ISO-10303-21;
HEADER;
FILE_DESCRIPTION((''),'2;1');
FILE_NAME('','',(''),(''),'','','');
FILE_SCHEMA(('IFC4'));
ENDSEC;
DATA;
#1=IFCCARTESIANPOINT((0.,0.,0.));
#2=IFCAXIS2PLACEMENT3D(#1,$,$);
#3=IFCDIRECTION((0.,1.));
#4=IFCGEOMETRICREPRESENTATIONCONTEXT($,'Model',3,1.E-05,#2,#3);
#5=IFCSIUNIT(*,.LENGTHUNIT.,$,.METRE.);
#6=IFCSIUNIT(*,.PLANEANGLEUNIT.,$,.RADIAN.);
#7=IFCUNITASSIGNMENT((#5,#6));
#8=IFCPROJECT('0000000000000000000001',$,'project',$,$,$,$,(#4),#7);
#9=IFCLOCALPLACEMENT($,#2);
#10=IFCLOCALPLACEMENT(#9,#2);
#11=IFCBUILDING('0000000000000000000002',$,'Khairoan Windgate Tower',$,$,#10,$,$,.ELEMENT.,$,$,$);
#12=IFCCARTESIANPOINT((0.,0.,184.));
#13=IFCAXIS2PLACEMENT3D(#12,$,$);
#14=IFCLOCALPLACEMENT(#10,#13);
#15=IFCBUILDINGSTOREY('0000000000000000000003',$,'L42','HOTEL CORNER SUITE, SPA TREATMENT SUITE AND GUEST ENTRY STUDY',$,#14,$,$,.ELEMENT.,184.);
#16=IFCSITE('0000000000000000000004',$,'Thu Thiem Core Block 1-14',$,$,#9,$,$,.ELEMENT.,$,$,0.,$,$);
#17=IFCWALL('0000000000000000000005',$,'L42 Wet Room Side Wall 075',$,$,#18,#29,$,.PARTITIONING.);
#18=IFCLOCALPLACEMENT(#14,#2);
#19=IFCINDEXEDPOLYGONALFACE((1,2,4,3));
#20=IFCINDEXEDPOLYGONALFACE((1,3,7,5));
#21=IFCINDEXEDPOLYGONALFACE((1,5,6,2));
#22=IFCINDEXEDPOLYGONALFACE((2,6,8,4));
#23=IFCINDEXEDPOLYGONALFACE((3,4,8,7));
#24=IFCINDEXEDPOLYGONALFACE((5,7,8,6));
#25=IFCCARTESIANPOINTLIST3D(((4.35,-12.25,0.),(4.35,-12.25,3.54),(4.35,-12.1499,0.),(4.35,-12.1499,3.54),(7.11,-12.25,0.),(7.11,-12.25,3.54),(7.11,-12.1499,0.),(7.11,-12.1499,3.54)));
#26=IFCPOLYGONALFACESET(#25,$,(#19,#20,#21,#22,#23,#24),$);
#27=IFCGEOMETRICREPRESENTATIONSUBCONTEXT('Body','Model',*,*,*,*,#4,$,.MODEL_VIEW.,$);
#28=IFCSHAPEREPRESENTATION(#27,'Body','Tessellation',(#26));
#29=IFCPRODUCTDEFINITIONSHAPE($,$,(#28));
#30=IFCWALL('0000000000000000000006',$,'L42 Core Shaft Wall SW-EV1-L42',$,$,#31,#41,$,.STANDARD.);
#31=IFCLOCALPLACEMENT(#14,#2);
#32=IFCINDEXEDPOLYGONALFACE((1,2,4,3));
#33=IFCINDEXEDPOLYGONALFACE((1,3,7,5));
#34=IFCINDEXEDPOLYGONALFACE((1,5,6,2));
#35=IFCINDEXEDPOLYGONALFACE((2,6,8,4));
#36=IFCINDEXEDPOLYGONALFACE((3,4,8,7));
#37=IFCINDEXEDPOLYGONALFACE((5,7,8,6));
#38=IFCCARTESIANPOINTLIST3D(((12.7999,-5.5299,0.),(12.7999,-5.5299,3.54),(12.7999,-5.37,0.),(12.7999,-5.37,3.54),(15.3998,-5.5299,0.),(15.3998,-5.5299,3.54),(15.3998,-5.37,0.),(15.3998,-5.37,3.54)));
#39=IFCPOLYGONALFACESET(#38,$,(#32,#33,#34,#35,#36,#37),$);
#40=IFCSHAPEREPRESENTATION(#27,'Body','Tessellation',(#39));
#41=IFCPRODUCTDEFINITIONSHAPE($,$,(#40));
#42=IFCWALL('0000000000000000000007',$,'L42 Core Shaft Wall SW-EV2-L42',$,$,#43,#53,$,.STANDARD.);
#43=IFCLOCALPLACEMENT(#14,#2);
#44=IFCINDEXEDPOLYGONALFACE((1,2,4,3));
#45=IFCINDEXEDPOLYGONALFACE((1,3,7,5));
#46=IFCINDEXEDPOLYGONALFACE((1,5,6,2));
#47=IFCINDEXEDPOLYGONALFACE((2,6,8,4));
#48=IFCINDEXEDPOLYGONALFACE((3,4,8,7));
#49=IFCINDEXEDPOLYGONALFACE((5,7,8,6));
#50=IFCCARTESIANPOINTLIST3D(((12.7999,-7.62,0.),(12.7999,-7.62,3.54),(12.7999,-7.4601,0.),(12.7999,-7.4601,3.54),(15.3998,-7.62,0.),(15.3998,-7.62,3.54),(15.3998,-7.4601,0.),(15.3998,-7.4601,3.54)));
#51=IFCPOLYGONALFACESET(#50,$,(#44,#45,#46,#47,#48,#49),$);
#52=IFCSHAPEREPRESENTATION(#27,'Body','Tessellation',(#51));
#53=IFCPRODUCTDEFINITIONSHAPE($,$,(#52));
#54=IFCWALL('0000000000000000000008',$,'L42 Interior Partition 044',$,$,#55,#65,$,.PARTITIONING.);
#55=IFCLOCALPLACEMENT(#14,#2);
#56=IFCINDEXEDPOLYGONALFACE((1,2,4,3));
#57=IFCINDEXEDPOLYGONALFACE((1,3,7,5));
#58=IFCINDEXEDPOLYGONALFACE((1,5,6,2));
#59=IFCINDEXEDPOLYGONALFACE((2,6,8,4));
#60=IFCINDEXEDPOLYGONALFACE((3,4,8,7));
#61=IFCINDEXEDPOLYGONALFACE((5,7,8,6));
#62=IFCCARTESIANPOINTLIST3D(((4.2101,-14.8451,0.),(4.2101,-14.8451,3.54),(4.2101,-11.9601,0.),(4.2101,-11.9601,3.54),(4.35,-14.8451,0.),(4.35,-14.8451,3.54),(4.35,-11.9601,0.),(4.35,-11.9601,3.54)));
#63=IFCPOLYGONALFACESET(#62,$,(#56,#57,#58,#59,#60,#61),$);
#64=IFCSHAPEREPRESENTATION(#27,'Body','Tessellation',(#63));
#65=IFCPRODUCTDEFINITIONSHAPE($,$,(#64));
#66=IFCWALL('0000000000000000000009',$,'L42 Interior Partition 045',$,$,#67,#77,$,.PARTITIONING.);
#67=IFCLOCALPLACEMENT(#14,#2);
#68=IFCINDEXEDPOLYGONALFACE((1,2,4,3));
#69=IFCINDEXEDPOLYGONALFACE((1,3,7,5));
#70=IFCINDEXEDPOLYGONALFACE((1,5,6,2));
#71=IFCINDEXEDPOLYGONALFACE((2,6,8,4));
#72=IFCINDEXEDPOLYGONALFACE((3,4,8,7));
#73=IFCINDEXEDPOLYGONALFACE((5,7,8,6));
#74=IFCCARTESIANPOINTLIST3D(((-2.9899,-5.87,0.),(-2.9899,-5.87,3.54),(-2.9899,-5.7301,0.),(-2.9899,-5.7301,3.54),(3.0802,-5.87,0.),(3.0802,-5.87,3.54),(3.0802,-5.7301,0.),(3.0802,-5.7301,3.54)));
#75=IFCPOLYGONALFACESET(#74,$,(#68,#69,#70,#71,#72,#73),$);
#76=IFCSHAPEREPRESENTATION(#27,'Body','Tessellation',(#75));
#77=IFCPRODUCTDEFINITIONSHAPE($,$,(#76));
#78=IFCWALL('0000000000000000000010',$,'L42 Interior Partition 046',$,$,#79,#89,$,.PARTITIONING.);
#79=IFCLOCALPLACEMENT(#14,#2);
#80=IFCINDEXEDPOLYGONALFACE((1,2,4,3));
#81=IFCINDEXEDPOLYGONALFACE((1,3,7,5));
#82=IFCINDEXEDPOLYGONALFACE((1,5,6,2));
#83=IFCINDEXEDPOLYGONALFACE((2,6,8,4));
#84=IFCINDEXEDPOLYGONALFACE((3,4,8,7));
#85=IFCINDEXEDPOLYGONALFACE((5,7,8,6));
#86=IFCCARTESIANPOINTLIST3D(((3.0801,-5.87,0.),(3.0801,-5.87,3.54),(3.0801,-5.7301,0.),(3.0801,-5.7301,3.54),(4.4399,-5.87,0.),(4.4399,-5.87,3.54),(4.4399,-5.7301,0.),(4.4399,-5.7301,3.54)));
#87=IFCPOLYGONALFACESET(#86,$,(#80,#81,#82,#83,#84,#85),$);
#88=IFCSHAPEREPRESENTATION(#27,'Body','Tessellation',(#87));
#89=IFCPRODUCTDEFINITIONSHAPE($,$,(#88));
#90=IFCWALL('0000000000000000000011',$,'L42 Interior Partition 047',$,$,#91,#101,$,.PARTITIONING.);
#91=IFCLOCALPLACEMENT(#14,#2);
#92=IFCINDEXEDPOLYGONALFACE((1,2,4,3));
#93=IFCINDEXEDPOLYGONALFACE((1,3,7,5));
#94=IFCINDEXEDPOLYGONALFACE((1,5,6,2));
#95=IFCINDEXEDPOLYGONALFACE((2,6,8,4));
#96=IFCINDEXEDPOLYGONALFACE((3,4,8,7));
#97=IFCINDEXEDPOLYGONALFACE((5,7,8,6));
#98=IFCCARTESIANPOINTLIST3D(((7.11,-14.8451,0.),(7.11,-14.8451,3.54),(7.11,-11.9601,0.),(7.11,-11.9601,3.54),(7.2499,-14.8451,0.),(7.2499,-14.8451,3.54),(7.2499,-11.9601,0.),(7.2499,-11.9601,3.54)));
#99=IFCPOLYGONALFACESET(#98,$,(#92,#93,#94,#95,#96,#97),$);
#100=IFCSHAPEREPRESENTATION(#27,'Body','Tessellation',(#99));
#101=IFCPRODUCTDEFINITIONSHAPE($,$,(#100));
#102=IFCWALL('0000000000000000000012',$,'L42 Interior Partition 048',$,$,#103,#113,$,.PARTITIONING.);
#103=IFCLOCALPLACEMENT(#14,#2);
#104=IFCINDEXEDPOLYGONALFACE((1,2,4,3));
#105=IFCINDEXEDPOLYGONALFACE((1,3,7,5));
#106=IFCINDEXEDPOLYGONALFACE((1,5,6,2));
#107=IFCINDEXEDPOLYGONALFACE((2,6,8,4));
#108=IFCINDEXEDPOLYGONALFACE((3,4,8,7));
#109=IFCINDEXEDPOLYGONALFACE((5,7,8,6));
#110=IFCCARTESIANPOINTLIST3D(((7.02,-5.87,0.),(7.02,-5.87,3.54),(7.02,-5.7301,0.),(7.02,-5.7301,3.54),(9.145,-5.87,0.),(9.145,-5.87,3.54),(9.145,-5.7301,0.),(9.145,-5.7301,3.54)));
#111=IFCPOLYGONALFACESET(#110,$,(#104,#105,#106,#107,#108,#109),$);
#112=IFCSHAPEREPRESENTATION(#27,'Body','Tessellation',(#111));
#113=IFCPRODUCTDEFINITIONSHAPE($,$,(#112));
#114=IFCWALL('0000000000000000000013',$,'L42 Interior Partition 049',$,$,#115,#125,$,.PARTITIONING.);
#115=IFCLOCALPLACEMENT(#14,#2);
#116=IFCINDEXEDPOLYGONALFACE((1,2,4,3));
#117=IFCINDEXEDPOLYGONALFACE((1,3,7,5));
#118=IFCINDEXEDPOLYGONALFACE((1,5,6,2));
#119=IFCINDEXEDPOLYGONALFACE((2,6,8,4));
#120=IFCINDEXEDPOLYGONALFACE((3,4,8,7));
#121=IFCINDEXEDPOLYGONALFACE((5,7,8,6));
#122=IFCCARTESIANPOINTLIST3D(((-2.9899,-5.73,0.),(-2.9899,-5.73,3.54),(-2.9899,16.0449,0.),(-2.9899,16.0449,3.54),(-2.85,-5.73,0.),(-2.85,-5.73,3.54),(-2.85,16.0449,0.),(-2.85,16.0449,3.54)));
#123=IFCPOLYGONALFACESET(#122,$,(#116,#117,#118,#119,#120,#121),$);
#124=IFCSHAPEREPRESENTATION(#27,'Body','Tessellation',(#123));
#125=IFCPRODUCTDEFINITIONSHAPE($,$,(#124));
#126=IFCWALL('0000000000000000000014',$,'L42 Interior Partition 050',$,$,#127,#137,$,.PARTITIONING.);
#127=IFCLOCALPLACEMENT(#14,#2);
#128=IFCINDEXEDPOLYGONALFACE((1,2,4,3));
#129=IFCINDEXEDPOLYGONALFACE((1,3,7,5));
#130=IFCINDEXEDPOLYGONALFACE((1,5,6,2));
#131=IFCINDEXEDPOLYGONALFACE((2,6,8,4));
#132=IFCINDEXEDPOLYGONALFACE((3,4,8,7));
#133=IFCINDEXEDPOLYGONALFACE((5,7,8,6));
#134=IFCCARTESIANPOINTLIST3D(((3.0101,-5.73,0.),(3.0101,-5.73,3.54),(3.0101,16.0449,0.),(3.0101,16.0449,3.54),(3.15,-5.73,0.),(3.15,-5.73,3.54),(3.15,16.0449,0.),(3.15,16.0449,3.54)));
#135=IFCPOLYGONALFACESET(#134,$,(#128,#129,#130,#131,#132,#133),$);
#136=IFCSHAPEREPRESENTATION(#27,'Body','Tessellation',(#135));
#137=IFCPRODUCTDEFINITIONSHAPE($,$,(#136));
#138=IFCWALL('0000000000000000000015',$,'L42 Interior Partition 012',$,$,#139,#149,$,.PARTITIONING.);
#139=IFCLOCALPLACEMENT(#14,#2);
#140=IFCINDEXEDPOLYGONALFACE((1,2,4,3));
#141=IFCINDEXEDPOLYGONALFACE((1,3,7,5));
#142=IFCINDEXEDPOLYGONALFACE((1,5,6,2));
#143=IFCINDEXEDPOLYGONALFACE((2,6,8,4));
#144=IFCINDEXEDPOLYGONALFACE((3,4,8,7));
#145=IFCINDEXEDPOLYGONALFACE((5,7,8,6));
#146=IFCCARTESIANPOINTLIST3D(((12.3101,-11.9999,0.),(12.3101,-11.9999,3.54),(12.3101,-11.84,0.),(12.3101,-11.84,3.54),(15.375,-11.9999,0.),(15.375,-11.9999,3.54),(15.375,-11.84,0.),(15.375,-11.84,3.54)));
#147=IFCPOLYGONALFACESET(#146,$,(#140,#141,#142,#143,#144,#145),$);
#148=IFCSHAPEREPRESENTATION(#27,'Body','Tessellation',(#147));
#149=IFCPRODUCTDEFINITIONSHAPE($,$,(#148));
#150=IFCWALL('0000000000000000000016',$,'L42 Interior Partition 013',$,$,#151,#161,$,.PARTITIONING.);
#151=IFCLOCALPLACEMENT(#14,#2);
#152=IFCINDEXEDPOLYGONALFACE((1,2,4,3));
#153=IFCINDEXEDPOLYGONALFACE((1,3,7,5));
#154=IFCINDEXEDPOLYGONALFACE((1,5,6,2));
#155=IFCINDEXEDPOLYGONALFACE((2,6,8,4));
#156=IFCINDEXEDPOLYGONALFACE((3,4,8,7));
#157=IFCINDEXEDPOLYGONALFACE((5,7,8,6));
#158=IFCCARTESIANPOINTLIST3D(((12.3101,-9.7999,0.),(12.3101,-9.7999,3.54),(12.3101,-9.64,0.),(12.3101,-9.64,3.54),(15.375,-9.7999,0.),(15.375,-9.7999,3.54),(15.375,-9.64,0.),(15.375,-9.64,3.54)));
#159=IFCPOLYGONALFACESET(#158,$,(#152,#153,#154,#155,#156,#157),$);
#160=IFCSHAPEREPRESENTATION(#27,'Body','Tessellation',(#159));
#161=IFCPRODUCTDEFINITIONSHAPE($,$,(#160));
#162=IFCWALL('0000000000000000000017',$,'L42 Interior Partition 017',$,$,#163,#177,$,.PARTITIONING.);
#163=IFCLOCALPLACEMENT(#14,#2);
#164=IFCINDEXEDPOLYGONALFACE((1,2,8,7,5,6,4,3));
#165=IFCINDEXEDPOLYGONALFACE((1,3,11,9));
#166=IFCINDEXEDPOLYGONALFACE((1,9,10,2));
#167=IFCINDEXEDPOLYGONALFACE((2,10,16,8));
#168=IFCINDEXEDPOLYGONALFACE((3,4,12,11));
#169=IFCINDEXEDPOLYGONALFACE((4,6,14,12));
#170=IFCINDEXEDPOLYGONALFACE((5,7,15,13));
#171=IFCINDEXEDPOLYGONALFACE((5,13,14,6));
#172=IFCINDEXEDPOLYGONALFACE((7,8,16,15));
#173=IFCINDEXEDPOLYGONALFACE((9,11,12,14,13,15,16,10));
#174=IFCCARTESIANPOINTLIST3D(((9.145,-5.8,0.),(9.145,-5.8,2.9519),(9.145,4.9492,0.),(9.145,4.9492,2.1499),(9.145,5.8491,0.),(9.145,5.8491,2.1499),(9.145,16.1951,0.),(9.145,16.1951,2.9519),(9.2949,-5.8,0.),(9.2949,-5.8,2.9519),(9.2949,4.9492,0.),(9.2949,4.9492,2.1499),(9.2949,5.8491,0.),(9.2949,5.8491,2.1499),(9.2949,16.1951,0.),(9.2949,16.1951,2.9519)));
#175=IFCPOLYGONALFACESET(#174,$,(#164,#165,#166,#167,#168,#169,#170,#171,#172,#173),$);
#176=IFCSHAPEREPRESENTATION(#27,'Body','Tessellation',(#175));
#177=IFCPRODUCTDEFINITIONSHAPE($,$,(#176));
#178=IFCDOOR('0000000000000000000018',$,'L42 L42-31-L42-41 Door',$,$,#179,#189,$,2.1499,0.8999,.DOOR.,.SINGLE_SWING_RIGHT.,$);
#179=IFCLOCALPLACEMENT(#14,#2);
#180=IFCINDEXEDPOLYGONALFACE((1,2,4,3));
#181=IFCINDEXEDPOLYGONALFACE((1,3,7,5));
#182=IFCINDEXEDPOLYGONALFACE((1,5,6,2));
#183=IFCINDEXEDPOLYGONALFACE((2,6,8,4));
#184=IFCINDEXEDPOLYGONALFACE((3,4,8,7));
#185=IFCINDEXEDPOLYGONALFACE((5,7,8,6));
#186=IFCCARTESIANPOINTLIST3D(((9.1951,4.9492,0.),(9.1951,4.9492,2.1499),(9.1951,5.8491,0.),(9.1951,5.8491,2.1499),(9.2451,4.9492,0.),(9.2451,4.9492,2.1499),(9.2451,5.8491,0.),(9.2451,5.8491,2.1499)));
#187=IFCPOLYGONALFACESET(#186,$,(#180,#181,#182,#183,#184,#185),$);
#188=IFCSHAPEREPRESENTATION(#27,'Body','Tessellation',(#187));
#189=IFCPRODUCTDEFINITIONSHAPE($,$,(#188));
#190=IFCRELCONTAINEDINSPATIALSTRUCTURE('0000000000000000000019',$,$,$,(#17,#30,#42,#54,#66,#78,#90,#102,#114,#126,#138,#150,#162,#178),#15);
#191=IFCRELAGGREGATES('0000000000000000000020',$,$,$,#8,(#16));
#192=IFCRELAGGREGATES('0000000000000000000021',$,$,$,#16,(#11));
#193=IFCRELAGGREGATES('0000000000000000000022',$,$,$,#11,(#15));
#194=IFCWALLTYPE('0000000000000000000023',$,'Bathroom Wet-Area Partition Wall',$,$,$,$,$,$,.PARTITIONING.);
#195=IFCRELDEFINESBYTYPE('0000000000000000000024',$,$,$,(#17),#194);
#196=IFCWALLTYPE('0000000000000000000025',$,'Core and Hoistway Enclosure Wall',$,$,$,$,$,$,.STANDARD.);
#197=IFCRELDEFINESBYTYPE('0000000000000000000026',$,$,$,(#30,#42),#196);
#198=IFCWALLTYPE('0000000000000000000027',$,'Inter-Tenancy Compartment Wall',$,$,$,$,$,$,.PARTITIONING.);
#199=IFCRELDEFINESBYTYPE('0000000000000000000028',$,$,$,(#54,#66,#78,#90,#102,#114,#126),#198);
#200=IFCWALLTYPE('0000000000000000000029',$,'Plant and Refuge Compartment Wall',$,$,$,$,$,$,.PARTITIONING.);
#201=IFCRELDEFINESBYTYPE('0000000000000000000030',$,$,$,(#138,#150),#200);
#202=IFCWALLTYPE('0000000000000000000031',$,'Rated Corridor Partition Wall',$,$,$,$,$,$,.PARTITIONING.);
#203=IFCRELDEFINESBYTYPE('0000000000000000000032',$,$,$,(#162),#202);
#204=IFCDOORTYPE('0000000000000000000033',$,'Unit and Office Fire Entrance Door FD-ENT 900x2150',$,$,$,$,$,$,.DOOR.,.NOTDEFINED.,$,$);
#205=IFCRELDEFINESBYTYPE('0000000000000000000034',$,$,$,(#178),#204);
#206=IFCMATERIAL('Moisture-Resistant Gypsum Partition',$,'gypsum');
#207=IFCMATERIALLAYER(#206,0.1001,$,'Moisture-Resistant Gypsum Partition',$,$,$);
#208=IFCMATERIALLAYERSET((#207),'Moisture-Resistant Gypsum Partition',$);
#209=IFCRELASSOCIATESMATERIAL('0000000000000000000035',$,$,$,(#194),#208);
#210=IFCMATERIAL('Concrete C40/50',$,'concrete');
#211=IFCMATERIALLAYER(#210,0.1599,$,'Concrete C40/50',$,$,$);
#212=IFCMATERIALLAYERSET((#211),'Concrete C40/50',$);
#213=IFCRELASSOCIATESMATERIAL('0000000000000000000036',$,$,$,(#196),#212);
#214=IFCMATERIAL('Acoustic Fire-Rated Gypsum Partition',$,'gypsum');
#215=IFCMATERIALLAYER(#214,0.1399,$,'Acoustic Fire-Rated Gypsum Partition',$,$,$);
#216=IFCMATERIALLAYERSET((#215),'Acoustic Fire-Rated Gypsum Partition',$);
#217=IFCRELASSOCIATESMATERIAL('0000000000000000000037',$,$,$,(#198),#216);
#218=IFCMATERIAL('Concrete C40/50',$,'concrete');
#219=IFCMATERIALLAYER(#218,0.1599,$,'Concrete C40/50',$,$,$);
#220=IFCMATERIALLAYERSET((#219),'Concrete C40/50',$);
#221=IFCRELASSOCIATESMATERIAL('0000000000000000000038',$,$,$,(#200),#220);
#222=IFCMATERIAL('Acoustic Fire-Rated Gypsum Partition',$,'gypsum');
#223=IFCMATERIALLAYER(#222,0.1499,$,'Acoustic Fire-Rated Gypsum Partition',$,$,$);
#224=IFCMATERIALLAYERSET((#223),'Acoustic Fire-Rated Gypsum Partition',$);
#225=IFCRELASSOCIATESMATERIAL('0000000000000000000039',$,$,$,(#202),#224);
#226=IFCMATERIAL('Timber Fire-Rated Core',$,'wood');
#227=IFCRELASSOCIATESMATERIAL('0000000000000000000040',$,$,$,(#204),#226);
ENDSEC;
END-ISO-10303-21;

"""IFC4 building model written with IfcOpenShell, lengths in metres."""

from ifc_helpers import new_model, si_unit, direction, frame, frame_2d, origin, place, context, subcontext, project, spatial, rectangle, extrude, material, layer, layer_set, type_object, element, fill, save


model = new_model("IFC4")

# Units and contexts
model_context = context("Model", 3, precision=1e-05, world=origin(), true_north=direction((0.0, 1.0)))
body_context = subcontext(model_context, "Body", "Model", "MODEL_VIEW")
ifc_project = project(units=[si_unit("LENGTHUNIT", "METRE"), si_unit("PLANEANGLEUNIT", "RADIAN")], contexts=[model_context])

# Site, building, storey
site_placement = place(None, origin())
site = spatial("IfcSite", under=ifc_project, at=site_placement, Name="Thu Thiem Core Block 1-14", CompositionType="ELEMENT", RefElevation=0.0)
building_placement = place(site_placement, origin())
building = spatial("IfcBuilding", under=site, at=building_placement, Name="Khairoan Windgate Tower", CompositionType="ELEMENT")
storey_placement = place(building_placement, frame((0.0, 0.0, 184.0)))
storey = spatial("IfcBuildingStorey", under=building, at=storey_placement, Name="L42", Description="HOTEL CORNER SUITE, SPA TREATMENT SUITE AND GUEST ENTRY STUDY", CompositionType="ELEMENT", Elevation=184.0)

# Walls
ifc_material_1 = material(Name="Moisture-Resistant Gypsum Partition", Category="gypsum")
ifc_layer_1 = layer(ifc_material_1, 0.1001, Name="Moisture-Resistant Gypsum Partition")
ifc_layer_set_1 = layer_set([ifc_layer_1], Name="Moisture-Resistant Gypsum Partition")
wall_type_1 = type_object("IfcWallType", Name="Bathroom Wet-Area Partition Wall", PredefinedType="PARTITIONING", material=ifc_layer_set_1)
wall_1_placement = place(storey_placement, frame((4.3501, -12.2, 0.0), z_axis=(0.0, 0.0, 1.0), x_axis=(1.0, 0.0, 0.0)))
element("IfcWall", 1, at=wall_1_placement, inside=storey, type_object=wall_type_1, Name="L42 Wet Room Side Wall 075", PredefinedType="PARTITIONING", context=body_context, shape_type="SweptSolid", body=[
    extrude(rectangle(XDim=2.76, YDim=0.1001, at=frame_2d((1.3799, 0.0))), origin(), (0.0, 0.0, 1.0), 3.54),
])
ifc_material_2 = material(Name="Concrete C40/50", Category="concrete")
ifc_layer_2 = layer(ifc_material_2, 0.1599, Name="Concrete C40/50")
ifc_layer_set_2 = layer_set([ifc_layer_2], Name="Concrete C40/50")
wall_type_2 = type_object("IfcWallType", Name="Core and Hoistway Enclosure Wall", PredefinedType="STANDARD", material=ifc_layer_set_2)
for number, where, z_axis, x_axis, name in (
    (2, (12.8, -5.45, 0.0), (0.0, 0.0, 1.0), (1.0, 0.0, 0.0), "L42 Core Shaft Wall SW-EV1-L42"),
    (3, (12.8, -7.54, 0.0), (0.0, 0.0, 1.0), (1.0, 0.0, 0.0), "L42 Core Shaft Wall SW-EV2-L42"),
):
    element("IfcWall", number, at=place(storey_placement, frame(where, z_axis=z_axis, x_axis=x_axis)), inside=storey, type_object=wall_type_2, Name=name, PredefinedType="STANDARD", context=body_context, shape_type="SweptSolid", body=[
        extrude(rectangle(XDim=2.5999, YDim=0.1599, at=frame_2d((1.2998, 0.0))), origin(), (0.0, 0.0, 1.0), 3.54),
    ])
ifc_material_3 = material(Name="Acoustic Fire-Rated Gypsum Partition", Category="gypsum")
ifc_layer_3 = layer(ifc_material_3, 0.1399, Name="Acoustic Fire-Rated Gypsum Partition")
ifc_layer_set_3 = layer_set([ifc_layer_3], Name="Acoustic Fire-Rated Gypsum Partition")
wall_type_3 = type_object("IfcWallType", Name="Inter-Tenancy Compartment Wall", PredefinedType="PARTITIONING", material=ifc_layer_set_3)
wall_2_placement = place(storey_placement, frame((4.28, -14.845, 0.0), z_axis=(0.0, 0.0, 1.0), x_axis=(0.0, 1.0, 0.0)))
element("IfcWall", 4, at=wall_2_placement, inside=storey, type_object=wall_type_3, Name="L42 Interior Partition 044", PredefinedType="PARTITIONING", context=body_context, shape_type="SweptSolid", body=[
    extrude(rectangle(XDim=2.885, YDim=0.1399, at=frame_2d((1.4424, 0.0))), origin(), (0.0, 0.0, 1.0), 3.54),
])
wall_3_placement = place(storey_placement, frame((-2.99, -5.8, 0.0), z_axis=(0.0, 0.0, 1.0), x_axis=(1.0, 0.0, 0.0)))
element("IfcWall", 5, at=wall_3_placement, inside=storey, type_object=wall_type_3, Name="L42 Interior Partition 045", PredefinedType="PARTITIONING", context=body_context, shape_type="SweptSolid", body=[
    extrude(rectangle(XDim=6.0701, YDim=0.1399, at=frame_2d((3.0352, 0.0))), origin(), (0.0, 0.0, 1.0), 3.54),
])
wall_4_placement = place(storey_placement, frame((3.0801, -5.8, 0.0), z_axis=(0.0, 0.0, 1.0), x_axis=(1.0, 0.0, 0.0)))
element("IfcWall", 6, at=wall_4_placement, inside=storey, type_object=wall_type_3, Name="L42 Interior Partition 046", PredefinedType="PARTITIONING", context=body_context, shape_type="SweptSolid", body=[
    extrude(rectangle(XDim=1.3599, YDim=0.1399, at=frame_2d((0.6799, 0.0))), origin(), (0.0, 0.0, 1.0), 3.54),
])
wall_5_placement = place(storey_placement, frame((7.1799, -14.845, 0.0), z_axis=(0.0, 0.0, 1.0), x_axis=(0.0, 1.0, 0.0)))
element("IfcWall", 7, at=wall_5_placement, inside=storey, type_object=wall_type_3, Name="L42 Interior Partition 047", PredefinedType="PARTITIONING", context=body_context, shape_type="SweptSolid", body=[
    extrude(rectangle(XDim=2.885, YDim=0.1399, at=frame_2d((1.4424, 0.0))), origin(), (0.0, 0.0, 1.0), 3.54),
])
wall_6_placement = place(storey_placement, frame((7.02, -5.8, 0.0), z_axis=(0.0, 0.0, 1.0), x_axis=(1.0, 0.0, 0.0)))
element("IfcWall", 8, at=wall_6_placement, inside=storey, type_object=wall_type_3, Name="L42 Interior Partition 048", PredefinedType="PARTITIONING", context=body_context, shape_type="SweptSolid", body=[
    extrude(rectangle(XDim=2.125, YDim=0.1399, at=frame_2d((1.0625, 0.0))), origin(), (0.0, 0.0, 1.0), 3.54),
])
for number, where, z_axis, x_axis, name in (
    (9, (-2.9199, -5.73, 0.0), (0.0, 0.0, 1.0), (0.0, 1.0, 0.0), "L42 Interior Partition 049"),
    (10, (3.0801, -5.73, 0.0), (0.0, 0.0, 1.0), (0.0, 1.0, 0.0), "L42 Interior Partition 050"),
):
    element("IfcWall", number, at=place(storey_placement, frame(where, z_axis=z_axis, x_axis=x_axis)), inside=storey, type_object=wall_type_3, Name=name, PredefinedType="PARTITIONING", context=body_context, shape_type="SweptSolid", body=[
        extrude(rectangle(XDim=21.7749, YDim=0.1399, at=frame_2d((10.8875, 0.0))), origin(), (0.0, 0.0, 1.0), 3.54),
    ])
ifc_material_4 = material(Name="Concrete C40/50", Category="concrete")
ifc_layer_4 = layer(ifc_material_4, 0.1599, Name="Concrete C40/50")
ifc_layer_set_4 = layer_set([ifc_layer_4], Name="Concrete C40/50")
wall_type_4 = type_object("IfcWallType", Name="Plant and Refuge Compartment Wall", PredefinedType="PARTITIONING", material=ifc_layer_set_4)
for number, where, z_axis, x_axis, name in (
    (11, (12.3101, -11.9199, 0.0), (0.0, 0.0, 1.0), (1.0, 0.0, 0.0), "L42 Interior Partition 012"),
    (12, (12.3101, -9.72, 0.0), (0.0, 0.0, 1.0), (1.0, 0.0, 0.0), "L42 Interior Partition 013"),
):
    element("IfcWall", number, at=place(storey_placement, frame(where, z_axis=z_axis, x_axis=x_axis)), inside=storey, type_object=wall_type_4, Name=name, PredefinedType="PARTITIONING", context=body_context, shape_type="SweptSolid", body=[
        extrude(rectangle(XDim=3.0649, YDim=0.1599, at=frame_2d((1.5325, 0.0))), origin(), (0.0, 0.0, 1.0), 3.54),
    ])

# Wall, opening, door
ifc_material_5 = material(Name="Acoustic Fire-Rated Gypsum Partition", Category="gypsum")
ifc_layer_5 = layer(ifc_material_5, 0.1499, Name="Acoustic Fire-Rated Gypsum Partition")
ifc_layer_set_5 = layer_set([ifc_layer_5], Name="Acoustic Fire-Rated Gypsum Partition")
wall_type_5 = type_object("IfcWallType", Name="Rated Corridor Partition Wall", PredefinedType="PARTITIONING", material=ifc_layer_set_5)
wall_7_placement = place(storey_placement, frame((9.22, -5.8, 0.0), z_axis=(0.0, 0.0, 1.0), x_axis=(0.0, 1.0, 0.0)))
wall_7 = element("IfcWall", 13, at=wall_7_placement, inside=storey, type_object=wall_type_5, Name="L42 Interior Partition 017", PredefinedType="PARTITIONING", context=body_context, shape_type="SweptSolid", body=[
    extrude(rectangle(XDim=21.9951, YDim=0.1499, at=frame_2d((10.9976, 0.0))), origin(), (0.0, 0.0, 1.0), 2.9519),
])
opening_1_placement = place(wall_7_placement, frame((10.7493, 0.0, 0.0)))
opening_1 = element("IfcOpeningElement", 14, at=opening_1_placement, cuts=wall_7, PredefinedType="OPENING", context=body_context, shape_type="SweptSolid", body=[
    extrude(rectangle(XDim=0.8999, YDim=2.1499, at=frame_2d((0.45, 1.075))), frame((0.0, 0.085, 0.0), z_axis=(0.0, -1.0, 0.0), x_axis=(1.0, 0.0, 0.0)), (0.0, 0.0, 1.0), 0.1699),
])
ifc_material_6 = material(Name="Timber Fire-Rated Core", Category="wood")
door_type = type_object("IfcDoorType", Name="Unit and Office Fire Entrance Door FD-ENT 900x2150", OperationType="NOTDEFINED", PredefinedType="DOOR", material=ifc_material_6)
door_1_placement = place(opening_1_placement, origin())
door_1 = element("IfcDoor", 15, at=door_1_placement, inside=storey, type_object=door_type, Name="L42 L42-31-L42-41 Door", OperationType="SINGLE_SWING_RIGHT", OverallHeight=2.1499, OverallWidth=0.8999, PredefinedType="DOOR", context=body_context, shape_type="SweptSolid", body=[
    extrude(rectangle(XDim=0.8999, YDim=2.1499, at=frame_2d((0.45, 1.075))), frame((0.0, 0.0249, 0.0), z_axis=(0.0, -1.0, 0.0), x_axis=(1.0, 0.0, 0.0)), (0.0, 0.0, 1.0), 0.05),
])
fill(opening_1, door_1)

save(model, "model.ifc")
